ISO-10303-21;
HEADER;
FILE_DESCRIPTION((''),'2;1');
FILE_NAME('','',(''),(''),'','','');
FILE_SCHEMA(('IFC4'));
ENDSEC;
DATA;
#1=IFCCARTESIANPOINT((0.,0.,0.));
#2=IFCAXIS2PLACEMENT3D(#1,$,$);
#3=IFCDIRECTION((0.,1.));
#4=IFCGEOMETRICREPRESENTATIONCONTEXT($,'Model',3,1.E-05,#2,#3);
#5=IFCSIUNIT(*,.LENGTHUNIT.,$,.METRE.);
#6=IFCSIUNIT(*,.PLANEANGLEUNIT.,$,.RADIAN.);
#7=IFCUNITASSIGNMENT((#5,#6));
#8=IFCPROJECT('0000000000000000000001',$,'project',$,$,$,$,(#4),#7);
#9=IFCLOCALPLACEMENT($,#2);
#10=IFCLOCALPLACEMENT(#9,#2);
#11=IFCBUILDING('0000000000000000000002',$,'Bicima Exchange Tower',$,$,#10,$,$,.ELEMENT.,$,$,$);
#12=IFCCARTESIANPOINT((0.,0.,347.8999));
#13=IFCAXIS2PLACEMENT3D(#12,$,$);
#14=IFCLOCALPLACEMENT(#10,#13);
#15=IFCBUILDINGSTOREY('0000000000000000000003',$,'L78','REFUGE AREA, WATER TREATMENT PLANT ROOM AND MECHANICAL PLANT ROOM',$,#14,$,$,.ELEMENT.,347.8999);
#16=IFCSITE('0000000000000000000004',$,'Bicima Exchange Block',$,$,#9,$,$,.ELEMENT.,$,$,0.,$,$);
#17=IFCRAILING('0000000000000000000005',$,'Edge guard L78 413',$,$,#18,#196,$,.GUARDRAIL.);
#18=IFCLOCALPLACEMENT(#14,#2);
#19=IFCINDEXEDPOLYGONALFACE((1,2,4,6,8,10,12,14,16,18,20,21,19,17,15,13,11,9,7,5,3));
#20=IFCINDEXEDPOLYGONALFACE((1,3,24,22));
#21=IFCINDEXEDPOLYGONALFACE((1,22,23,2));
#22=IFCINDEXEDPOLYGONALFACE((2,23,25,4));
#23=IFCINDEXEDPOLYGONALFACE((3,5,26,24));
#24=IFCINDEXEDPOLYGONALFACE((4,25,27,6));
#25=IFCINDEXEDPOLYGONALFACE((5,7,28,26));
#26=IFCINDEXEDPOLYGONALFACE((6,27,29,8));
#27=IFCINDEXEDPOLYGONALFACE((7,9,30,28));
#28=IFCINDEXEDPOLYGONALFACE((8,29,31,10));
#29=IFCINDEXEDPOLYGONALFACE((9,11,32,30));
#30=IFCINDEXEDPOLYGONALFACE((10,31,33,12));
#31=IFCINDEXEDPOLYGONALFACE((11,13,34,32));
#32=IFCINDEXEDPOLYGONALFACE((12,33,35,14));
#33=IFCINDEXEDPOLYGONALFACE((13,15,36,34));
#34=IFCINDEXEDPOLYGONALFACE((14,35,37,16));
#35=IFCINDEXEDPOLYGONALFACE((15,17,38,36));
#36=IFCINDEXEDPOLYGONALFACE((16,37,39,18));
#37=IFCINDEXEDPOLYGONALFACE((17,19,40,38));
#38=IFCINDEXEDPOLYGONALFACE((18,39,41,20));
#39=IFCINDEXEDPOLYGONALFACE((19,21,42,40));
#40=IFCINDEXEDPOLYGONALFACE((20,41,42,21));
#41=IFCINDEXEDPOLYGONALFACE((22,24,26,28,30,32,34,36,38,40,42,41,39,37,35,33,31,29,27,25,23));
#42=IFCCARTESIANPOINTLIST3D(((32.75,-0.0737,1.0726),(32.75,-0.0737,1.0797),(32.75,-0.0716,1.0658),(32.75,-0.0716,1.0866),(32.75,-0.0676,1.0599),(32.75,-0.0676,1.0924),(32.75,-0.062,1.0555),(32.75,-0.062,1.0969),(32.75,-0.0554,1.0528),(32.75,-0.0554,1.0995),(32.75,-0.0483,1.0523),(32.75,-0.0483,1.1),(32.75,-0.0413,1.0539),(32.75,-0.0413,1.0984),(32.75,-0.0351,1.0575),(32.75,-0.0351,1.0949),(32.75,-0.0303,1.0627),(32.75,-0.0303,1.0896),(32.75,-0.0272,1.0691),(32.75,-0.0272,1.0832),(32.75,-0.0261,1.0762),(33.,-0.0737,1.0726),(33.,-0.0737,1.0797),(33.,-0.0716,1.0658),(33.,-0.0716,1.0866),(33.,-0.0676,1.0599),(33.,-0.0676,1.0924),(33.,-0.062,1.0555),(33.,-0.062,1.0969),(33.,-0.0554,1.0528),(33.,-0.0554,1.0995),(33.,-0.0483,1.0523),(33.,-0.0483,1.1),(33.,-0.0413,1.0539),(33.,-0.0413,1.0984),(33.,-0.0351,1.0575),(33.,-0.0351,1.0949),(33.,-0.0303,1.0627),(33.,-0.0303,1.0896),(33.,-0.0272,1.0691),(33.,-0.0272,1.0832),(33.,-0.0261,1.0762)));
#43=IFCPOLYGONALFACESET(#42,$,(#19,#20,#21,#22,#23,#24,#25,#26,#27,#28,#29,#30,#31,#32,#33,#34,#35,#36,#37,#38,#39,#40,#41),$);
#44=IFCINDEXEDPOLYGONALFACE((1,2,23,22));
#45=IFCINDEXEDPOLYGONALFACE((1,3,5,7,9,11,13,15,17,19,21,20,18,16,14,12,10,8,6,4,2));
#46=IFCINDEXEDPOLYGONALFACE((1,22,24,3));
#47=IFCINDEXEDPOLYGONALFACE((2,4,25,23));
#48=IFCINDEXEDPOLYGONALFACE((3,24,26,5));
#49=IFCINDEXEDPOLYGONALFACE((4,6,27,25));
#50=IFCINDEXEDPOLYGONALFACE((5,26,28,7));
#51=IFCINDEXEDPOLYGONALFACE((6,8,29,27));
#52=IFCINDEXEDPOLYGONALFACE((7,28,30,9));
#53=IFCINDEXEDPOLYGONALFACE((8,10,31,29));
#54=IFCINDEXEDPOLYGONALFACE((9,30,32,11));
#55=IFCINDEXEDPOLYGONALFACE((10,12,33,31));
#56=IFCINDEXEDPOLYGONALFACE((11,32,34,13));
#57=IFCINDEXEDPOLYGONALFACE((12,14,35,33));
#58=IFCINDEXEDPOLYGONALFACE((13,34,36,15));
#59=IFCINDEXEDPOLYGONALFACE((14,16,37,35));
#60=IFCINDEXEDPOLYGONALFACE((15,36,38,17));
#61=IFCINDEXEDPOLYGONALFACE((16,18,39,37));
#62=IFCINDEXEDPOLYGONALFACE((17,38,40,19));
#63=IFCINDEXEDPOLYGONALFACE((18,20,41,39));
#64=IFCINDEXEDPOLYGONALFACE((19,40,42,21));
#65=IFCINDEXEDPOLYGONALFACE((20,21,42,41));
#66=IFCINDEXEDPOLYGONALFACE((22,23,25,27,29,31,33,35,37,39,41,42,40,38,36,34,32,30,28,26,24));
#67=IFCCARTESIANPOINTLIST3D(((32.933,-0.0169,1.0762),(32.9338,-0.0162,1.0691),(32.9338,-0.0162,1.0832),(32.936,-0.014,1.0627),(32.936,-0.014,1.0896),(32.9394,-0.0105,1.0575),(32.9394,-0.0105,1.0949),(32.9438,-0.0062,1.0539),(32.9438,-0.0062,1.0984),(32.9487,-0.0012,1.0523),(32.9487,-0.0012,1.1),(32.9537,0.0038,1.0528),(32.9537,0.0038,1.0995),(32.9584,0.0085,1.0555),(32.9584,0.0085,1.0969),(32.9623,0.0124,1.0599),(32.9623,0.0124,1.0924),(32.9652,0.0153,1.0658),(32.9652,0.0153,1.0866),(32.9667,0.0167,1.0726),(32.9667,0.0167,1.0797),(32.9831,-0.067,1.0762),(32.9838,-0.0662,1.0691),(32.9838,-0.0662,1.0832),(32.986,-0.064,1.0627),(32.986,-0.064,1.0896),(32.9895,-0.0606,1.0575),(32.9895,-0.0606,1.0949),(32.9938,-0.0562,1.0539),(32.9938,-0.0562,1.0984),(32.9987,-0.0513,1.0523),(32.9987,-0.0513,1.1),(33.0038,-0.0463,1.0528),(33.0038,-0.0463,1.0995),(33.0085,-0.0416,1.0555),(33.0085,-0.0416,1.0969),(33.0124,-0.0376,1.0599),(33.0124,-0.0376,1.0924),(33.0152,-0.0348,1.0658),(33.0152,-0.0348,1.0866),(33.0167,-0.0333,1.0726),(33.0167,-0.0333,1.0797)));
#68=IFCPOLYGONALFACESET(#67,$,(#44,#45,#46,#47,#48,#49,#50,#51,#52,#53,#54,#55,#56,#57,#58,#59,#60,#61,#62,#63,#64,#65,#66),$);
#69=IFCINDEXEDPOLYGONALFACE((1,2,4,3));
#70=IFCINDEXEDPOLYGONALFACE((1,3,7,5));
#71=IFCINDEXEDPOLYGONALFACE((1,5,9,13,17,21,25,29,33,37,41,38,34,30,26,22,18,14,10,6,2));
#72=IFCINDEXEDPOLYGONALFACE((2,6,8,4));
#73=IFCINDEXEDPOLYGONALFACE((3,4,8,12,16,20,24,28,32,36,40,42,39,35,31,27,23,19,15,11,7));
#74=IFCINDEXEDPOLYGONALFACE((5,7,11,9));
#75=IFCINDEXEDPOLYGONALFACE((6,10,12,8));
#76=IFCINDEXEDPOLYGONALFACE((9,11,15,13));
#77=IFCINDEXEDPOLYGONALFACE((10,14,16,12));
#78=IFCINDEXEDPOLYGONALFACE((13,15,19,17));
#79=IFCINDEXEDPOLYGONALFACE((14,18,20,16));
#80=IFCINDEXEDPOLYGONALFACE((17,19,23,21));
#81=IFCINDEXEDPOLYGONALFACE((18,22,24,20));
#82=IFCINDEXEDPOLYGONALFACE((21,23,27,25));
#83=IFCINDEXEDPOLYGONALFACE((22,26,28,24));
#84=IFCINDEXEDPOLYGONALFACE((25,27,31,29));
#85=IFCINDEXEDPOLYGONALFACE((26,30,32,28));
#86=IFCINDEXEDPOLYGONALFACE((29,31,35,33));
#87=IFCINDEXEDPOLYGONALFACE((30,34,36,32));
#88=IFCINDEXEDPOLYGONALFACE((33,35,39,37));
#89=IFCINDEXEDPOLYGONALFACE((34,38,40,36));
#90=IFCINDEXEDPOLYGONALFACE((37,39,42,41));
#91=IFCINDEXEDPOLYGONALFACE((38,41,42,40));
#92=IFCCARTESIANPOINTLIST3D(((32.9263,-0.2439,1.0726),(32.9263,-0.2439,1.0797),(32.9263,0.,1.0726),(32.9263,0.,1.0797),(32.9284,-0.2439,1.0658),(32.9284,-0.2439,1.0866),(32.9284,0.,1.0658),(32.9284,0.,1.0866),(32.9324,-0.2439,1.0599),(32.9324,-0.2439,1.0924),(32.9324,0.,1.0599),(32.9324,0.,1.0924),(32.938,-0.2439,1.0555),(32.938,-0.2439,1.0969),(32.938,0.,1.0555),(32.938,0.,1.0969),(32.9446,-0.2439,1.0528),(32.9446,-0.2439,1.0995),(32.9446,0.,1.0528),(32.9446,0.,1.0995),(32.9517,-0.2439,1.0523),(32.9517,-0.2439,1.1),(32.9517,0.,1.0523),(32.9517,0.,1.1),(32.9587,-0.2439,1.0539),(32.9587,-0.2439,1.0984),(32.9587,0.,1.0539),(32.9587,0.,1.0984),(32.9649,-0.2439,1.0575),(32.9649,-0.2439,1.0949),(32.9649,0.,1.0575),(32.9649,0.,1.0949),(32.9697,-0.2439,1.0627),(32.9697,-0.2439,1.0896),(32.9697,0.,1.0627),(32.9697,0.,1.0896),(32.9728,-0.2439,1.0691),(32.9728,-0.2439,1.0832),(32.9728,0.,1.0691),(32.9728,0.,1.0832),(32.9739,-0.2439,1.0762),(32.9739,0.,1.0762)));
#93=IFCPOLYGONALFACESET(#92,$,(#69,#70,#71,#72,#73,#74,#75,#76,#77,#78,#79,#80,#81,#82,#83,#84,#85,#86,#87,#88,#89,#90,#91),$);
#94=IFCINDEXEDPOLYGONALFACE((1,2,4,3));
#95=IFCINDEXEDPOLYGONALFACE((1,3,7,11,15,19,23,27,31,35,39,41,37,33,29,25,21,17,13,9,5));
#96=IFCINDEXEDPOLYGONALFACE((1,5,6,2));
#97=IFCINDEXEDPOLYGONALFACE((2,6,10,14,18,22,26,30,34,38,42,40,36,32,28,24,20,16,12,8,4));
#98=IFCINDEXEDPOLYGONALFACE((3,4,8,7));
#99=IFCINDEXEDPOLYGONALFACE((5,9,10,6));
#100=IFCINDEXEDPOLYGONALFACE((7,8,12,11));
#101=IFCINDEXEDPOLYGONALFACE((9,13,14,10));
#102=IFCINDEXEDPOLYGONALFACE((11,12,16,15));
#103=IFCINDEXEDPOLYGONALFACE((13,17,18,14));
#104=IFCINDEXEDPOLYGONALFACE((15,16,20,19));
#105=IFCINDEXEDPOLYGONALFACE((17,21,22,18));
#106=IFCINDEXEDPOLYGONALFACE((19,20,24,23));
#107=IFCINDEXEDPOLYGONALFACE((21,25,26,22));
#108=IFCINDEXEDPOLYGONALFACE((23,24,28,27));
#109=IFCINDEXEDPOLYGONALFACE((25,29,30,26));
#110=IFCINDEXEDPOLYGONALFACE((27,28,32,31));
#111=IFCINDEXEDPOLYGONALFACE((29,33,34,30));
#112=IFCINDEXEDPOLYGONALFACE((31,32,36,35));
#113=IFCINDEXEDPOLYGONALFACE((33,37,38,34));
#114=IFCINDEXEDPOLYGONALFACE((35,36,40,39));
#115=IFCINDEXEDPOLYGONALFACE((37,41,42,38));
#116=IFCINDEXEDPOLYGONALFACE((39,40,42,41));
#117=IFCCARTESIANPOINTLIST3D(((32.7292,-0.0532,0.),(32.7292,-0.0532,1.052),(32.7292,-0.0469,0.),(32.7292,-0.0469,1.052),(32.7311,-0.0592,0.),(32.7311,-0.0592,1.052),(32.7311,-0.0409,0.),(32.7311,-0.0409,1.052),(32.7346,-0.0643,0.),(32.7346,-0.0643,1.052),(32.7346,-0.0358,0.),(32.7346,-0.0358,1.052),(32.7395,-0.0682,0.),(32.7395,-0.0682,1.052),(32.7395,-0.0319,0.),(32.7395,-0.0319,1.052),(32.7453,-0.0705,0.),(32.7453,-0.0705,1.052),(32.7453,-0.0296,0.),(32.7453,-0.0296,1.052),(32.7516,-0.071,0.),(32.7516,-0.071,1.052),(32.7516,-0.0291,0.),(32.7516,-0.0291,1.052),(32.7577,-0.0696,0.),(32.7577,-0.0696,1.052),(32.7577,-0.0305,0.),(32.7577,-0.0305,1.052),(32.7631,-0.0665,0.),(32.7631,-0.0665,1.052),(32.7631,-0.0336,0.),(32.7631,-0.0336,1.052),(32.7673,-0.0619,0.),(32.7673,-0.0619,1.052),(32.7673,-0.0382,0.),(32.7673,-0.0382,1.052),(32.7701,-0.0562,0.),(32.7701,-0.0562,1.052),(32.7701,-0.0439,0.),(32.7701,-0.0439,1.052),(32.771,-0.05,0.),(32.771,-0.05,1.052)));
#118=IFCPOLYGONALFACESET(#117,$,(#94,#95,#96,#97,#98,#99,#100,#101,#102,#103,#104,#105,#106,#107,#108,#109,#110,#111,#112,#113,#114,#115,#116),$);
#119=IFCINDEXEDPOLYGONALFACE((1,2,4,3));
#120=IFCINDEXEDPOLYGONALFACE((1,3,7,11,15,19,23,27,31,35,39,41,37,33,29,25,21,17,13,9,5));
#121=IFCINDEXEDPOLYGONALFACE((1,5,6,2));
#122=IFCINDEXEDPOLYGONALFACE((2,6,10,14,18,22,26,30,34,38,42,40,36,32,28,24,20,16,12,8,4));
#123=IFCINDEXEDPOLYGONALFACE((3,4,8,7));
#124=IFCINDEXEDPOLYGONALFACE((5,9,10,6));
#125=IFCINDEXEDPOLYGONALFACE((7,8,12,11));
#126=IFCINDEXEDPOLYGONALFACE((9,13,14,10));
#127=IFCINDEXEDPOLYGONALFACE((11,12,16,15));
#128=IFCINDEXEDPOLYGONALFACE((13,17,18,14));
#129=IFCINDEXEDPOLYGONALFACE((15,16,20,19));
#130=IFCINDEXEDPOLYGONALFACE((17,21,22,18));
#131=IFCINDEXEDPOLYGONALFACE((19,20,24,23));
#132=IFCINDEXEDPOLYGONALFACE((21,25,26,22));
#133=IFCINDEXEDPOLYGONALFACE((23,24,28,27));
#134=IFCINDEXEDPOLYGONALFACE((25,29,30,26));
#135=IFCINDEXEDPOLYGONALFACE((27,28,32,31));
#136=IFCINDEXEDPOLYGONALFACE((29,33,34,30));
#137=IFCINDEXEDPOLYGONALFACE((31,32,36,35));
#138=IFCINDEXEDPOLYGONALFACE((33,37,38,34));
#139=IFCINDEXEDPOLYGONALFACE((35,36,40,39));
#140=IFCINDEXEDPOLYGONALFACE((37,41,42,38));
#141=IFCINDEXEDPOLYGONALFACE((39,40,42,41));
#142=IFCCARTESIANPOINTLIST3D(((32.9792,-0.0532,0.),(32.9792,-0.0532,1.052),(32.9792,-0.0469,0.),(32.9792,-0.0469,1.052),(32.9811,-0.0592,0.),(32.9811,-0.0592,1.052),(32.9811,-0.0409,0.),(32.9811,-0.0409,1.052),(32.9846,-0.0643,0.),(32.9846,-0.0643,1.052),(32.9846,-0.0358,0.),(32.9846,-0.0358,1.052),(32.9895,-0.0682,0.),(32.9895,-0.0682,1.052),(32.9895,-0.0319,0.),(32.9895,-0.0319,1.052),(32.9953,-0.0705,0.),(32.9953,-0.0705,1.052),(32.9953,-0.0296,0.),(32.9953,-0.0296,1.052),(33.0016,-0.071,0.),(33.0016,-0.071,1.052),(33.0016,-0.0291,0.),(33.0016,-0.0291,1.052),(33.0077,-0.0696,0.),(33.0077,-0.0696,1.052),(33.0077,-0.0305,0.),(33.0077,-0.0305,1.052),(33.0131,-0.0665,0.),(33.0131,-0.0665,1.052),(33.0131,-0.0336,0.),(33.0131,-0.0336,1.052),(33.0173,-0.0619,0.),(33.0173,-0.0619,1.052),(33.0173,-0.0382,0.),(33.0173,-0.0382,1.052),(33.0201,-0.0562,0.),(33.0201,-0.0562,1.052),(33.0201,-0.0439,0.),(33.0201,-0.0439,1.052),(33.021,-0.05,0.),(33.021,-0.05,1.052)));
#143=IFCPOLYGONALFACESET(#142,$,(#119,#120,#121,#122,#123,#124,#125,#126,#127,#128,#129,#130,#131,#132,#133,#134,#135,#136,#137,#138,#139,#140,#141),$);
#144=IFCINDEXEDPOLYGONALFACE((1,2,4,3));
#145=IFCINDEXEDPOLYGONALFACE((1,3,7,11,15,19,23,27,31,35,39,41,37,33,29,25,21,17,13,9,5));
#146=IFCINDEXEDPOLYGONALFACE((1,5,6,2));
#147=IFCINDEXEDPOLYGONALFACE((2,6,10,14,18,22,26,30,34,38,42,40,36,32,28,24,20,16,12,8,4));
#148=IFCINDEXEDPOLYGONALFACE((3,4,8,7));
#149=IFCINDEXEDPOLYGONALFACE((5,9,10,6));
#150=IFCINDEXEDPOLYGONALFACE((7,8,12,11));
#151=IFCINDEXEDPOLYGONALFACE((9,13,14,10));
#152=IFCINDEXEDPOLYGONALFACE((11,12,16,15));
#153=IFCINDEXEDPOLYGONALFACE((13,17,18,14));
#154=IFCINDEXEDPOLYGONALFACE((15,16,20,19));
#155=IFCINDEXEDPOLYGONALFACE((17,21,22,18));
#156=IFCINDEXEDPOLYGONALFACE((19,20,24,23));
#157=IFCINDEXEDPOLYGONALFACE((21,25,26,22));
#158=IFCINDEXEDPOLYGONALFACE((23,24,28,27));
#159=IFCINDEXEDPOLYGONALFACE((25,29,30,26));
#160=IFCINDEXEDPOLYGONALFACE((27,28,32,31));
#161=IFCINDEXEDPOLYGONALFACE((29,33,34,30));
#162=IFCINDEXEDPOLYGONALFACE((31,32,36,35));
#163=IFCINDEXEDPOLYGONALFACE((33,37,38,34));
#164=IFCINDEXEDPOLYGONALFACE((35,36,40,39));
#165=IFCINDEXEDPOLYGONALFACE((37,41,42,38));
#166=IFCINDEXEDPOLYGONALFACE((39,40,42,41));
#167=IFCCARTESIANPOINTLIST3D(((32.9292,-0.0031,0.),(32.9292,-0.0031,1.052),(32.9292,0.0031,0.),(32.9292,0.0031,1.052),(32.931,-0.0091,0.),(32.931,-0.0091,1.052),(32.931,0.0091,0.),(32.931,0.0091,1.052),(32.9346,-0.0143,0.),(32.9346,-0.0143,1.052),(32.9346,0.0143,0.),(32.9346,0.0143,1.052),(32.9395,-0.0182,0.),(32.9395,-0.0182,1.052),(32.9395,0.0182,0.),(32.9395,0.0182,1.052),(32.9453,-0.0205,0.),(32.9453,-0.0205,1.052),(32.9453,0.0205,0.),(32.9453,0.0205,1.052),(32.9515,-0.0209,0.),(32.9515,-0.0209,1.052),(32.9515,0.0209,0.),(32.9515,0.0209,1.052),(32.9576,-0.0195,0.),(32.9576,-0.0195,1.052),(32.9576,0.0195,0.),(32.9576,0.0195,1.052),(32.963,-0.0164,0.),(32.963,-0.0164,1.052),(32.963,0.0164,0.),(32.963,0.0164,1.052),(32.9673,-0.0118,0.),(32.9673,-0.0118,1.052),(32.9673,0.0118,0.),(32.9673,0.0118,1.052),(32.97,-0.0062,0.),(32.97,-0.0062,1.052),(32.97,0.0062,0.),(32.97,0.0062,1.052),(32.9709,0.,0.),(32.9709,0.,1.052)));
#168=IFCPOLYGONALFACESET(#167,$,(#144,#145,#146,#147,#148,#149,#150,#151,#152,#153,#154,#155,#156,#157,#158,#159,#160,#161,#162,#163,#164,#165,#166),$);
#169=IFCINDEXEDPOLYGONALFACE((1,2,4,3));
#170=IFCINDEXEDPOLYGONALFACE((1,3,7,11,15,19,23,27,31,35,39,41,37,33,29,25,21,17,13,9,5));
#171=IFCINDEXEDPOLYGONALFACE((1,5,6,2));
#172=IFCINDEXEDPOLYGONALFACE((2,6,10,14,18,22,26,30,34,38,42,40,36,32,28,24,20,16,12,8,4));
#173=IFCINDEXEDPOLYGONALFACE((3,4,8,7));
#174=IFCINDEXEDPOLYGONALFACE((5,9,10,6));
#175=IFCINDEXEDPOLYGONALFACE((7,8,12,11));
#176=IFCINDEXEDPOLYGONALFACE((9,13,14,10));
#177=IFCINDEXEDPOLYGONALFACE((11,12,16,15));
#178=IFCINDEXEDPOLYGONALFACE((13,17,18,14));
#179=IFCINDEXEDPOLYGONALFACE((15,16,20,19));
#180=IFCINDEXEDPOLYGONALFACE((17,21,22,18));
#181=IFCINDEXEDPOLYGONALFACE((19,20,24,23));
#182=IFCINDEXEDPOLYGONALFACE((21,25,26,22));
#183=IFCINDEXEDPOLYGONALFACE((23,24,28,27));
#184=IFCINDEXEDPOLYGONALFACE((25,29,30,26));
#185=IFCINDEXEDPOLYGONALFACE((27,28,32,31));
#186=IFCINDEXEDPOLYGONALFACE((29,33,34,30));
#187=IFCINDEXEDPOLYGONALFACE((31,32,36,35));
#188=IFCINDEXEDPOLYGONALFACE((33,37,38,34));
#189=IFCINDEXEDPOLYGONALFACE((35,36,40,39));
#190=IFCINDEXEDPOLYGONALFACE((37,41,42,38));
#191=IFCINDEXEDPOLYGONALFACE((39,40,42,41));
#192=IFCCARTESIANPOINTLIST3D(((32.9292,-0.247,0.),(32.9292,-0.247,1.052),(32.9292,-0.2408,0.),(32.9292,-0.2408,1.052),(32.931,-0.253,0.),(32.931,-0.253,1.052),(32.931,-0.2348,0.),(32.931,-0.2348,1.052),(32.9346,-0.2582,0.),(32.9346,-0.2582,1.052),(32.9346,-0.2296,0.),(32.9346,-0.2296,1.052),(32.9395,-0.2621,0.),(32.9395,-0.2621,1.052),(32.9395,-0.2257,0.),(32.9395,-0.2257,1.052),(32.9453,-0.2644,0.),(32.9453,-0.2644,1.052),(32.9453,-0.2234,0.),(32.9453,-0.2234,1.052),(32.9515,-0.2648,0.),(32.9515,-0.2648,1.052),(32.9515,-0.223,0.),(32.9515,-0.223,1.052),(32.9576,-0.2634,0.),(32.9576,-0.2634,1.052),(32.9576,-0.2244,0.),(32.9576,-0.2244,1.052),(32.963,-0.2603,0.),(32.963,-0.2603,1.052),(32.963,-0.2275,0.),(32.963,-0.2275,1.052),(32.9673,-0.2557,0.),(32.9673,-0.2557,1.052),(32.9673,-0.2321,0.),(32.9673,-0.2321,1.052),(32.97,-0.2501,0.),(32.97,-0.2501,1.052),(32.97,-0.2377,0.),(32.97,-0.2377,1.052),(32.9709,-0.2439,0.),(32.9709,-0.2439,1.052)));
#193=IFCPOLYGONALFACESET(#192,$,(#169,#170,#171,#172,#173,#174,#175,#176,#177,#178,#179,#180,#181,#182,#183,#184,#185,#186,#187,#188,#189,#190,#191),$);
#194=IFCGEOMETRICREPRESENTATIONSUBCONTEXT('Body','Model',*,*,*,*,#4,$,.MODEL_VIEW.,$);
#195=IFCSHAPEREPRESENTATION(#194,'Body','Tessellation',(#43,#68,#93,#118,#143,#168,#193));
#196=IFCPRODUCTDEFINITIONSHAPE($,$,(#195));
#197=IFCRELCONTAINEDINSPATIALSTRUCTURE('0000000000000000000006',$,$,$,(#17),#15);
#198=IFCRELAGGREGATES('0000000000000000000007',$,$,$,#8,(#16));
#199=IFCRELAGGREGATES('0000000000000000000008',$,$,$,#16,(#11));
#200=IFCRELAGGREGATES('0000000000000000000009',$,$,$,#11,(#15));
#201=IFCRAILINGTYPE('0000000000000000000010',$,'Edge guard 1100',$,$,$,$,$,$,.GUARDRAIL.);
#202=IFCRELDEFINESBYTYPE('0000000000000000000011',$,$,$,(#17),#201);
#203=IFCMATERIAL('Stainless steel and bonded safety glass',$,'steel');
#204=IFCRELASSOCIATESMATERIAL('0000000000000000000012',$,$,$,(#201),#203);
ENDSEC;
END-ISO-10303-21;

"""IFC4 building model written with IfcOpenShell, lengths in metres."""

from ifc_helpers import new_model, si_unit, direction, frame, origin, origin_2d, place, context, subcontext, project, spatial, circle, extrude, material, type_object, element, save


model = new_model("IFC4")

# Units and contexts
model_context = context("Model", 3, precision=1e-05, world=origin(), true_north=direction((0.0, 1.0)))
body_context = subcontext(model_context, "Body", "Model", "MODEL_VIEW")
ifc_project = project(units=[si_unit("LENGTHUNIT", "METRE"), si_unit("PLANEANGLEUNIT", "RADIAN")], contexts=[model_context])

# Site, building, storey
site_placement = place(None, origin())
site = spatial("IfcSite", under=ifc_project, at=site_placement, Name="Bicima Exchange Block", CompositionType="ELEMENT", RefElevation=0.0)
building_placement = place(site_placement, origin())
building = spatial("IfcBuilding", under=site, at=building_placement, Name="Bicima Exchange Tower", CompositionType="ELEMENT")
storey_placement = place(building_placement, frame((0.0, 0.0, 347.8999)))
storey = spatial("IfcBuildingStorey", under=building, at=storey_placement, Name="L78", Description="REFUGE AREA, WATER TREATMENT PLANT ROOM AND MECHANICAL PLANT ROOM", CompositionType="ELEMENT", Elevation=347.8999)

# Railing
ifc_material_1 = material(Name="Stainless steel and bonded safety glass", Category="steel")
railing_type = type_object("IfcRailingType", Name="Edge guard 1100", PredefinedType="GUARDRAIL", material=ifc_material_1)
railing_1_placement = place(storey_placement, frame((32.75, -0.05, 0.0)))
element("IfcRailing", 1, at=railing_1_placement, inside=storey, type_object=railing_type, Name="Edge guard L78 413", PredefinedType="GUARDRAIL", context=body_context, shape_type="SweptSolid", body=[
    extrude(circle(Radius=0.0239, at=origin_2d()), frame((0.0, 0.0, 1.0762), z_axis=(1.0, 0.0, 0.0), x_axis=(0.0, 1.0, 0.0)), (0.0, 0.0, 1.0), 0.25),
    extrude(circle(Radius=0.0239, at=origin_2d()), frame((0.25, 0.0, 1.0762), z_axis=(-0.707107, 0.707107, 0.0), x_axis=(-0.707107, -0.707107, 0.0)), (0.0, 0.0, 1.0), 0.0708),
    extrude(circle(Radius=0.0239, at=origin_2d()), frame((0.2, 0.05, 1.0762), z_axis=(0.0, -1.0, 0.0), x_axis=(1.0, 0.0, 0.0)), (0.0, 0.0, 1.0), 0.2439),
    extrude(circle(Radius=0.021, at=origin_2d()), origin(), (0.0, 0.0, 1.0), 1.052),
    extrude(circle(Radius=0.021, at=origin_2d()), frame((0.25, 0.0, 0.0)), (0.0, 0.0, 1.0), 1.052),
    extrude(circle(Radius=0.021, at=origin_2d()), frame((0.2, 0.05, 0.0)), (0.0, 0.0, 1.0), 1.052),
    extrude(circle(Radius=0.021, at=origin_2d()), frame((0.2, -0.1938, 0.0)), (0.0, 0.0, 1.0), 1.052),
])

save(model, "model.ifc")
